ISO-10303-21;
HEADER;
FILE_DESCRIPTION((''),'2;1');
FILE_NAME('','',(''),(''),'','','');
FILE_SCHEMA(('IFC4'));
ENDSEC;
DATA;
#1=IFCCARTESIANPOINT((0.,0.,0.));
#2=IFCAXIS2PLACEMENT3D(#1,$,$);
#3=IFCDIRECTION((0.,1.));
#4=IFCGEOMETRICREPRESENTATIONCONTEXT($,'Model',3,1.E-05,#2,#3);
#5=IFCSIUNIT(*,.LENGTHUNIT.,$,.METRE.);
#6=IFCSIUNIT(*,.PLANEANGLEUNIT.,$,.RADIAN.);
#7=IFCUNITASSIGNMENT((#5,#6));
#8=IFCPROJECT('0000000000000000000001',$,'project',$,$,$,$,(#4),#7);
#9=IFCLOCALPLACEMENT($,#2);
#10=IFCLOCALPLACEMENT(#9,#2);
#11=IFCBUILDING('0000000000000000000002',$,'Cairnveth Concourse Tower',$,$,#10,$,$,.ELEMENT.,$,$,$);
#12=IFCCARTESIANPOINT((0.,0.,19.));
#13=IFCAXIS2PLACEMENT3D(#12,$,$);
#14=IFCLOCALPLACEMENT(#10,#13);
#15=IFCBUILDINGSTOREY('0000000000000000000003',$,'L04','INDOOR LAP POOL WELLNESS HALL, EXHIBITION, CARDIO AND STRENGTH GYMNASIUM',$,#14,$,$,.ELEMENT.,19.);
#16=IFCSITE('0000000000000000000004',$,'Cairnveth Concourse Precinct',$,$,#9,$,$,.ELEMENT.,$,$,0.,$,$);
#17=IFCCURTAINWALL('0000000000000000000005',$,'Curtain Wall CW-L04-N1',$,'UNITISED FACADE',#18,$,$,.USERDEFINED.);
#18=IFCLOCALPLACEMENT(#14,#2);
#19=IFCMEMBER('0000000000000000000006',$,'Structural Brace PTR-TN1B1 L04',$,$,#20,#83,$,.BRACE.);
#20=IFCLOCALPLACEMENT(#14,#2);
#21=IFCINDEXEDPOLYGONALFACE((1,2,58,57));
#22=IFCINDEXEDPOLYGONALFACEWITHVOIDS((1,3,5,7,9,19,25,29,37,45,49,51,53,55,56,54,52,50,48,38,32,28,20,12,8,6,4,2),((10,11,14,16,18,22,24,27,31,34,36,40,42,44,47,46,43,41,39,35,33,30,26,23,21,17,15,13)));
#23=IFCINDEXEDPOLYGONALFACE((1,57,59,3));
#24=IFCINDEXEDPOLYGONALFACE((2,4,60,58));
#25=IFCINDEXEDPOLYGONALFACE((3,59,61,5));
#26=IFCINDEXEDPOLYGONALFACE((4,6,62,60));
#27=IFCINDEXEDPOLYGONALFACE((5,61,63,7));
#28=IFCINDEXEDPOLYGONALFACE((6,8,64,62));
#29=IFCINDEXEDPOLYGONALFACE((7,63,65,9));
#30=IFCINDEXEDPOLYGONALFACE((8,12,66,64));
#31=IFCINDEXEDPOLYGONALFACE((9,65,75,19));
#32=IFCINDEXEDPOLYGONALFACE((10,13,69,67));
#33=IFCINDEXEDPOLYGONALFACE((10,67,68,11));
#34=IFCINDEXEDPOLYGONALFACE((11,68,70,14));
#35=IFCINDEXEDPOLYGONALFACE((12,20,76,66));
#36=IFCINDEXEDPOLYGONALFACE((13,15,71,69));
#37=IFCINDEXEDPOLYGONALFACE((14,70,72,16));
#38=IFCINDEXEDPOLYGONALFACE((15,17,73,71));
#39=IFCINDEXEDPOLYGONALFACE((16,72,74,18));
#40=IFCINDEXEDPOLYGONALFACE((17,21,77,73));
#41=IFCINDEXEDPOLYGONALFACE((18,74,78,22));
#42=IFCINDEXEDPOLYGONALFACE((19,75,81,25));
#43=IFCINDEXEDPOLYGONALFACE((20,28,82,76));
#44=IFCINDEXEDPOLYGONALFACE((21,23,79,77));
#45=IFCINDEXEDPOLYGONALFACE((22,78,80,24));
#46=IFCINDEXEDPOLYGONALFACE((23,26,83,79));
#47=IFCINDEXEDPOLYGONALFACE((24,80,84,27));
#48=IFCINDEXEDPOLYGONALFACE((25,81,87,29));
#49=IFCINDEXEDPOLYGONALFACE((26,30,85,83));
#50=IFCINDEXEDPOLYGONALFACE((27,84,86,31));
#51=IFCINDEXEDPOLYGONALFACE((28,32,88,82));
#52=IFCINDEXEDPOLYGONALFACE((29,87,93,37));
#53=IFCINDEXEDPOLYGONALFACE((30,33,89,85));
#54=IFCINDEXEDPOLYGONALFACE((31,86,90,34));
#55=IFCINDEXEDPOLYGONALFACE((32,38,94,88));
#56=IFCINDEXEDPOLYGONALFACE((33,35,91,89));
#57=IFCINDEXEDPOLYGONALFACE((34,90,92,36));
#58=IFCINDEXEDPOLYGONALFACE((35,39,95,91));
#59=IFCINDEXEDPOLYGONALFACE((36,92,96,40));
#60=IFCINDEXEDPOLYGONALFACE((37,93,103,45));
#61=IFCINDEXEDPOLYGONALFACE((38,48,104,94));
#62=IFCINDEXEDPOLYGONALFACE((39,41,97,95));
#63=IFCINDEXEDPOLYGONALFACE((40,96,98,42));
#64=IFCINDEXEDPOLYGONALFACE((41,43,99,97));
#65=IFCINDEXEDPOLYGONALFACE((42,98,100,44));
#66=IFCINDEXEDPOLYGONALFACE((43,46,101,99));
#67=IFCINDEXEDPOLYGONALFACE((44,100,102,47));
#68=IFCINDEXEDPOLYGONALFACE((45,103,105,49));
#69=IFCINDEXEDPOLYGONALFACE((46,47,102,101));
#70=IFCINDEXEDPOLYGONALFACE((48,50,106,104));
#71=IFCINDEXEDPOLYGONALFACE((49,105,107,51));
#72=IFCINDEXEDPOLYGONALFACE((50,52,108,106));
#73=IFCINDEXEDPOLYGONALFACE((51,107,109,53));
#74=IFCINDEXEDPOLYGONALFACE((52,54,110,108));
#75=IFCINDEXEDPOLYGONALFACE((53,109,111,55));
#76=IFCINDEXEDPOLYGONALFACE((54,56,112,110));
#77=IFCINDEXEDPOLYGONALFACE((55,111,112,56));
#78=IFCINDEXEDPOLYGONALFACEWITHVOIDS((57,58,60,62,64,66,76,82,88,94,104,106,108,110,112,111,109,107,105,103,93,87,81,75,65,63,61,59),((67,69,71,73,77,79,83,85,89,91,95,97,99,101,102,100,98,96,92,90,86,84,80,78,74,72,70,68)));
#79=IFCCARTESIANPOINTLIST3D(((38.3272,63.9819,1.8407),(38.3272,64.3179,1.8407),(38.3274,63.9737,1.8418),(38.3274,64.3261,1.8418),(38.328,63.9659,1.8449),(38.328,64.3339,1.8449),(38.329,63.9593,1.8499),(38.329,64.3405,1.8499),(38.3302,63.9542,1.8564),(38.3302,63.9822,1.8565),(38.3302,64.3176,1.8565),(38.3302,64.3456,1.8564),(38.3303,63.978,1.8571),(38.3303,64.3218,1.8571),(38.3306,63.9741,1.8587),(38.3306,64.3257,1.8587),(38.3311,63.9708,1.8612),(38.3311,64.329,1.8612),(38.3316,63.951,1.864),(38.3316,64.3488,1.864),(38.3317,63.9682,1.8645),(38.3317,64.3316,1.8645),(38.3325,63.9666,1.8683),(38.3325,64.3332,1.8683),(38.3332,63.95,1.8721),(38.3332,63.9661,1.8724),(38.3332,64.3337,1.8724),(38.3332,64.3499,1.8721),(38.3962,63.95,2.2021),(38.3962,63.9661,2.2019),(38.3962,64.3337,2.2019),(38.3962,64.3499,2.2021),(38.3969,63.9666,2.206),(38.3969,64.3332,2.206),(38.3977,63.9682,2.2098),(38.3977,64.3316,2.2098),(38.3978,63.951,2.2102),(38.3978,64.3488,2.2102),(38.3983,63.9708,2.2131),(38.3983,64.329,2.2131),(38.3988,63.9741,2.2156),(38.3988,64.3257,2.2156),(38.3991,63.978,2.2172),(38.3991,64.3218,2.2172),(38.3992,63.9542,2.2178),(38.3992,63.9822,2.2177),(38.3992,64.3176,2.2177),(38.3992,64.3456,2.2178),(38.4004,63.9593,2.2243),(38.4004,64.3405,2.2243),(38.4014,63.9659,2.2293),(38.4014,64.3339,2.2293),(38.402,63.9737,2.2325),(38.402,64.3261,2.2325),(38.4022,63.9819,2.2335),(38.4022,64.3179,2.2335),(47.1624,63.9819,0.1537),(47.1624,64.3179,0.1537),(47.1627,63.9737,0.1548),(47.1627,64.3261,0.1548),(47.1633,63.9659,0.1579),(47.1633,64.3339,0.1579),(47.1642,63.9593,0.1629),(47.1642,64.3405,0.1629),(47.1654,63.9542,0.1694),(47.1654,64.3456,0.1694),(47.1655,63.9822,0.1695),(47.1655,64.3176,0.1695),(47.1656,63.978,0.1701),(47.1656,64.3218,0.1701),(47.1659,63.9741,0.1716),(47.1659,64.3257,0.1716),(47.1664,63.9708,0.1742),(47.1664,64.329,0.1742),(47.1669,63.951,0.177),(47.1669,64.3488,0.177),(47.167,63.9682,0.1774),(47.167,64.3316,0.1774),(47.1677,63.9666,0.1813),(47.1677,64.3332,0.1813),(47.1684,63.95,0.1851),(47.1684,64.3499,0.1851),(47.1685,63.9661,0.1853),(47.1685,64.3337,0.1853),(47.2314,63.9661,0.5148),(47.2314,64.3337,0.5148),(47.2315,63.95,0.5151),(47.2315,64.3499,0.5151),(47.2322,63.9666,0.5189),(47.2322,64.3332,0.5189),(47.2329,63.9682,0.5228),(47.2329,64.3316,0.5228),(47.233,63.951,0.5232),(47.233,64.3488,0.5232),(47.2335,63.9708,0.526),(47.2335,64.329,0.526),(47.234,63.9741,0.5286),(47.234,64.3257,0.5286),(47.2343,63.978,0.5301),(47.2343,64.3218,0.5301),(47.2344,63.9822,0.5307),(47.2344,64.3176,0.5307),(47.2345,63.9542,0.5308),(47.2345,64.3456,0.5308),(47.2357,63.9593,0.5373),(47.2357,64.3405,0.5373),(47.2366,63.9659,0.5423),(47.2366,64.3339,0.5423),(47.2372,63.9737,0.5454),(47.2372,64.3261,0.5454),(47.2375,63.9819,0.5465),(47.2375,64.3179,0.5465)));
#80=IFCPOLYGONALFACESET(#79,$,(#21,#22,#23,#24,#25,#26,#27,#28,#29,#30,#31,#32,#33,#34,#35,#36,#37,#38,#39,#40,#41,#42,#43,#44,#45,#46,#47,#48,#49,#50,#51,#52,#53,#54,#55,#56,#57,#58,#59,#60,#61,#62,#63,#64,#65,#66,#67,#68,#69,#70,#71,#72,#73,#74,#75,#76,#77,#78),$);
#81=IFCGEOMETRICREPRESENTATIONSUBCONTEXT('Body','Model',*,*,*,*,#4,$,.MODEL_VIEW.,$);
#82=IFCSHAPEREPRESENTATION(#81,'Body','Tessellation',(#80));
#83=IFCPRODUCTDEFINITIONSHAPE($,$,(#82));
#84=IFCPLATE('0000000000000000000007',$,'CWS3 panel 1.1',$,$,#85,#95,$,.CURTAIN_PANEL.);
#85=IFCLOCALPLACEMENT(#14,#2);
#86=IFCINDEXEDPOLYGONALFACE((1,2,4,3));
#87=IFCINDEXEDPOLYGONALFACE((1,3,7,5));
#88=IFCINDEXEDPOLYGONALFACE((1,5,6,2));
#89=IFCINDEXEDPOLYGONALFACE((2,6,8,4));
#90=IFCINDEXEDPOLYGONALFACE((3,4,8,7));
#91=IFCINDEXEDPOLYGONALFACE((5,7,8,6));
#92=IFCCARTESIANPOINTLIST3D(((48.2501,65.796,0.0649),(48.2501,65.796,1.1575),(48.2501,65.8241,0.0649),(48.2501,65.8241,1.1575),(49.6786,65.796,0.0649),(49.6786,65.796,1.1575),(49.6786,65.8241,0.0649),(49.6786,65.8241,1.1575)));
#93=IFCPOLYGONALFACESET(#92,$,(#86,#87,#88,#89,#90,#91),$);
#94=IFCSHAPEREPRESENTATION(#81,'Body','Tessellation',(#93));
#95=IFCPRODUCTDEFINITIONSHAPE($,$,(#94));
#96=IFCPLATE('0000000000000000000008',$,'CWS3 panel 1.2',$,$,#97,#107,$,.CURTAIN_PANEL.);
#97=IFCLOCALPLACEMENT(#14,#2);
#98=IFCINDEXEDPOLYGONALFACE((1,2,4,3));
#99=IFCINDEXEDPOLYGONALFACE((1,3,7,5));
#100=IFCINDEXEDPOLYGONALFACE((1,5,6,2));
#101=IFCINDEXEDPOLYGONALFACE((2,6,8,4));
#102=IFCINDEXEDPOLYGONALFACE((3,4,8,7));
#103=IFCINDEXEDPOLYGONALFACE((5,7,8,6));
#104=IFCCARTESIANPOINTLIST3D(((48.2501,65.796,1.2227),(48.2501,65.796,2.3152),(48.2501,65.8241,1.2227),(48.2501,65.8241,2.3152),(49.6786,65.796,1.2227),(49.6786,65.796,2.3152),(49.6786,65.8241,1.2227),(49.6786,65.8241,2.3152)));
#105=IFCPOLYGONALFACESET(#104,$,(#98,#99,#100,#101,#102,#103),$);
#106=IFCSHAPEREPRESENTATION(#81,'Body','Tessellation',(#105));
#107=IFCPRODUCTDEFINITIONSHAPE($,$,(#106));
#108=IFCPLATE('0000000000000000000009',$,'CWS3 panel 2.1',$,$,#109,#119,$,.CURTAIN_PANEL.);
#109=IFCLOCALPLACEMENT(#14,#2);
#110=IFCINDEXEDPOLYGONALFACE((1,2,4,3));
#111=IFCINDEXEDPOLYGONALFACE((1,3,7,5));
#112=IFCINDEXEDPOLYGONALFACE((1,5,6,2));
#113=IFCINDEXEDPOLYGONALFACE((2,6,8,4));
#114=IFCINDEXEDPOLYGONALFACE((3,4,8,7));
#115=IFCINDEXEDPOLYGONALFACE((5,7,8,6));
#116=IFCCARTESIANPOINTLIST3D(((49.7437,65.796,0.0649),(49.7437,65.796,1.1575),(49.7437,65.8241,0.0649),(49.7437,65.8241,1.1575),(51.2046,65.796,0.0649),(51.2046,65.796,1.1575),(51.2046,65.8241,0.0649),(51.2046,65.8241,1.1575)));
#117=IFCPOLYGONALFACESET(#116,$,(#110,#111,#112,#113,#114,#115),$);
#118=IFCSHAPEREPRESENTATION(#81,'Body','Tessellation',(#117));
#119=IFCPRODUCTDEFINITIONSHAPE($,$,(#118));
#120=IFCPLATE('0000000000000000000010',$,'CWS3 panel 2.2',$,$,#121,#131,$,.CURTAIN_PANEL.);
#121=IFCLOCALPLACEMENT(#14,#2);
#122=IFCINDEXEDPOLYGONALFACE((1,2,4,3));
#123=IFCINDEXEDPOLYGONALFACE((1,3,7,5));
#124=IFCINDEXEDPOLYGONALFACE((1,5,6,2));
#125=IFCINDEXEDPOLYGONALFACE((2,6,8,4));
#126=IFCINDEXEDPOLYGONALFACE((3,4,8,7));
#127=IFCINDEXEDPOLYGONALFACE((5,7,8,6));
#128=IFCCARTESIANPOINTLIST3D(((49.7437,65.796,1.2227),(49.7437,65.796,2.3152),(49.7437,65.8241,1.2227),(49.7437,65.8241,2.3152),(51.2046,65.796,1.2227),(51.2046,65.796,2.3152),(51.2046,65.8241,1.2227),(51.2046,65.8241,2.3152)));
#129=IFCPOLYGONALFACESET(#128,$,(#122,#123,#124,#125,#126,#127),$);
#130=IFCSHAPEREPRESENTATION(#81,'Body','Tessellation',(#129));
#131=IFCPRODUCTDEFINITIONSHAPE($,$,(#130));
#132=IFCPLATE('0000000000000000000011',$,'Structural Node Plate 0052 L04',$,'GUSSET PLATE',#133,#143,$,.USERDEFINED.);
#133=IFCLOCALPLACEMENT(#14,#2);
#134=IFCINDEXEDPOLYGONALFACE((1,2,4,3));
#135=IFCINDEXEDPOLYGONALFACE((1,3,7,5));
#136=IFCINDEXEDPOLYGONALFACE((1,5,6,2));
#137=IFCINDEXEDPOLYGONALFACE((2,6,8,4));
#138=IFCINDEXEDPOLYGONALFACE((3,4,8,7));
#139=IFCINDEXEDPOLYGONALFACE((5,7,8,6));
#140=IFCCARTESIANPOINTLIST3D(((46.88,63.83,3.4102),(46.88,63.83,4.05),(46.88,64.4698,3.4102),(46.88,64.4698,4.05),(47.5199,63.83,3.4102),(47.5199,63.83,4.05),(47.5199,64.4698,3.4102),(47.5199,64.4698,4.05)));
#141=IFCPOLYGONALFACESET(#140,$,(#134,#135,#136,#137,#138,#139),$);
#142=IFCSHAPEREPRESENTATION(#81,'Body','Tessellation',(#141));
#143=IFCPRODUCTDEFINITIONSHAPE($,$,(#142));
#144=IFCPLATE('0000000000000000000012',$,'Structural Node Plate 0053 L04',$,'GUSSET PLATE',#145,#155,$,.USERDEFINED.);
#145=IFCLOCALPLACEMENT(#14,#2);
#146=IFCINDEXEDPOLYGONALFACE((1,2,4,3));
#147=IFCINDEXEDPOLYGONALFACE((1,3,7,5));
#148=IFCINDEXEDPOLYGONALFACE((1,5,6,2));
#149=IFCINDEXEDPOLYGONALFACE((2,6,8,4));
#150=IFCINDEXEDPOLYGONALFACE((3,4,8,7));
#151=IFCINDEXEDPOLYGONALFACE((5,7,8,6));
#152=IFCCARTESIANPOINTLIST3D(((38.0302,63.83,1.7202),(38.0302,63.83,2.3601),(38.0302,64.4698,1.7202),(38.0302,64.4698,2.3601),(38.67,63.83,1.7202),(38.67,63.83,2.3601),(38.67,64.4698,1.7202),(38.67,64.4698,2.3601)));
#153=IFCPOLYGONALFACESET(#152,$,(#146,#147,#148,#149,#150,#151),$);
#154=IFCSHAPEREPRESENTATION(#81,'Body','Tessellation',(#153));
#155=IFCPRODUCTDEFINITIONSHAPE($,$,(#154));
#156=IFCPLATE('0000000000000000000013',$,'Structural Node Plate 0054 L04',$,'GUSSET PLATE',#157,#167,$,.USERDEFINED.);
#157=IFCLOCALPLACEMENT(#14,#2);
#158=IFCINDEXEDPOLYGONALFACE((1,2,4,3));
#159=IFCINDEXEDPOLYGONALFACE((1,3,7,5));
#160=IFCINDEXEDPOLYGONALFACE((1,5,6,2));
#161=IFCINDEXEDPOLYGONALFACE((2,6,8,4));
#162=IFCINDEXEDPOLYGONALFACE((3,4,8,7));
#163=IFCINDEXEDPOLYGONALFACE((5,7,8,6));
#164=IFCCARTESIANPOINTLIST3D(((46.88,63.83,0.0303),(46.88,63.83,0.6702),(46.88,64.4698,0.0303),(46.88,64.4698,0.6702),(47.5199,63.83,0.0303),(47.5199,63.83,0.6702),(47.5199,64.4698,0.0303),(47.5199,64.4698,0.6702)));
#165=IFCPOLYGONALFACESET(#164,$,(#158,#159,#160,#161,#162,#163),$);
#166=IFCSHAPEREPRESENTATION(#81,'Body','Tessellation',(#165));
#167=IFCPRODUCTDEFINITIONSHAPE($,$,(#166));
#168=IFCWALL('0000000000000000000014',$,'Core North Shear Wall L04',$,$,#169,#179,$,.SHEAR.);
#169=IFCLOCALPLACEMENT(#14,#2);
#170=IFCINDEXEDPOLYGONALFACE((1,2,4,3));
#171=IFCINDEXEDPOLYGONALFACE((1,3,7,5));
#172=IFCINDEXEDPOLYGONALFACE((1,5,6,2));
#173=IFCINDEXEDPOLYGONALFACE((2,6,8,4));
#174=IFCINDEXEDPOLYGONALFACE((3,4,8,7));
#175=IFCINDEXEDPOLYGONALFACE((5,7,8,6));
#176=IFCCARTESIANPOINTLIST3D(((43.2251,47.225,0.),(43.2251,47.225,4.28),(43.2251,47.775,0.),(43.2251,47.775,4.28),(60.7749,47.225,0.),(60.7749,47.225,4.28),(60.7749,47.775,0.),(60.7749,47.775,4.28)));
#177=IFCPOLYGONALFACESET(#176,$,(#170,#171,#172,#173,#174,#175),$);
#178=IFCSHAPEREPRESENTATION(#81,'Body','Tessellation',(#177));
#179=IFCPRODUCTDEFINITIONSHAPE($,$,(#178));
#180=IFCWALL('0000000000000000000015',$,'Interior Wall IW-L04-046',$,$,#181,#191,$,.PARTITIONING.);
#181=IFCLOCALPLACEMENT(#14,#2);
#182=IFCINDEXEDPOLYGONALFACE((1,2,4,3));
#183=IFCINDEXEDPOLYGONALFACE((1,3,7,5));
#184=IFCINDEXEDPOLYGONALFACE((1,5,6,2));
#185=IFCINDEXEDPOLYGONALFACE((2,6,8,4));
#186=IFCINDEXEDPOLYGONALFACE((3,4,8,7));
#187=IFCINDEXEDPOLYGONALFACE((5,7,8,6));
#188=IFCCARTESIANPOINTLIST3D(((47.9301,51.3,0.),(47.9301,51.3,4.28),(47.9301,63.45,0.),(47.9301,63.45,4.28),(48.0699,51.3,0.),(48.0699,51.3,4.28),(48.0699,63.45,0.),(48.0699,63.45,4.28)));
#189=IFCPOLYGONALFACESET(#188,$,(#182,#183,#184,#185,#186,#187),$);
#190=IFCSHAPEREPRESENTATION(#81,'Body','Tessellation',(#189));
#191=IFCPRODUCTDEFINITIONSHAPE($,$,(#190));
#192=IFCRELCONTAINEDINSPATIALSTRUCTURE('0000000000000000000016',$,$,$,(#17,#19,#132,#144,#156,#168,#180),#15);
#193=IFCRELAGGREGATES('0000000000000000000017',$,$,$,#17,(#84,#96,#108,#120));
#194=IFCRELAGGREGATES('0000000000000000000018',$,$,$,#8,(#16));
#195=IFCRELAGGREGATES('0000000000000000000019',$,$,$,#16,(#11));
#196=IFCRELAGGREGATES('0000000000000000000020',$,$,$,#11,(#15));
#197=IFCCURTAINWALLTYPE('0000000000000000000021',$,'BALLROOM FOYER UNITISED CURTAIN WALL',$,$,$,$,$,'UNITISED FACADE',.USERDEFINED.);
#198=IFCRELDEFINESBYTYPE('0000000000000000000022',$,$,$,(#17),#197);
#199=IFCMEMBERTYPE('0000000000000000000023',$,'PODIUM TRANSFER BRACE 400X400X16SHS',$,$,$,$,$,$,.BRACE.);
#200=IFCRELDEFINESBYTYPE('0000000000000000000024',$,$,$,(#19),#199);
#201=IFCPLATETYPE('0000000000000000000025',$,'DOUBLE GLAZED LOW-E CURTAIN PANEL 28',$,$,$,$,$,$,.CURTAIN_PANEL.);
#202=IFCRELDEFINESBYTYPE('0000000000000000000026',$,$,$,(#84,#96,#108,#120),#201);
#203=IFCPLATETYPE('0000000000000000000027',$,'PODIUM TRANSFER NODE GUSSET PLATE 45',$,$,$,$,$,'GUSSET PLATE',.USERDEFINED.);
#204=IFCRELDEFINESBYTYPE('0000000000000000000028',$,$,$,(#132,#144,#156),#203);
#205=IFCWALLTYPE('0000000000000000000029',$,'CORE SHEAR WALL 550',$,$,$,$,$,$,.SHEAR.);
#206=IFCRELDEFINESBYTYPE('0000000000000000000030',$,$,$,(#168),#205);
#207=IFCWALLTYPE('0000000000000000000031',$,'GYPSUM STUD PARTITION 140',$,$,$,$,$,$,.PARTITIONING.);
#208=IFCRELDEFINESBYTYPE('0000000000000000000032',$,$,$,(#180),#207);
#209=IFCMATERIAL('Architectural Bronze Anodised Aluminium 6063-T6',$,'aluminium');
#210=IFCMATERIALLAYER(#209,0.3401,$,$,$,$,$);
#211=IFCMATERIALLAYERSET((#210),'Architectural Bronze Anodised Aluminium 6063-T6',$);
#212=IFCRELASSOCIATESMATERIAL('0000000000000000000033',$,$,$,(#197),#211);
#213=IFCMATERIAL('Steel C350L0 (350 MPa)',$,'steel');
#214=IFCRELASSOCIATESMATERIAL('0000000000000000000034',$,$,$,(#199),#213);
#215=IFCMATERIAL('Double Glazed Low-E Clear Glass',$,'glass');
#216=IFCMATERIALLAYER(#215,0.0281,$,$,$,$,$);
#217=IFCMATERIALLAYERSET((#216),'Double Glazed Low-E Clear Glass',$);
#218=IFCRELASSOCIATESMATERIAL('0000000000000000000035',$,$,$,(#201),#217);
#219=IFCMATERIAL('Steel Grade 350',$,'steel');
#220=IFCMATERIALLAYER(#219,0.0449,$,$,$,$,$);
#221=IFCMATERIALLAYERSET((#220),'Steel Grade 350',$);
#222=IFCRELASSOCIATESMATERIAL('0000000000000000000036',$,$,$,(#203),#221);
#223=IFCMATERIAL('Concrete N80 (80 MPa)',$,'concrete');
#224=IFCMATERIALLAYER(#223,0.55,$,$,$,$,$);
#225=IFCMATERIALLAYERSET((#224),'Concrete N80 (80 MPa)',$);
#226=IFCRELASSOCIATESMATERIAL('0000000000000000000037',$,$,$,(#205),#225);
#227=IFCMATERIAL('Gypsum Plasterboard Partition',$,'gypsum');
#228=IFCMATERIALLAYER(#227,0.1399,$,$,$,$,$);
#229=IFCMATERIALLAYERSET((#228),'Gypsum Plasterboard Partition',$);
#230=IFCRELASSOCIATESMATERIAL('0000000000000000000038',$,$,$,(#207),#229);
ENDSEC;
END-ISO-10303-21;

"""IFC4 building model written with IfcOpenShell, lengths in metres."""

from ifc_helpers import new_model, si_unit, direction, frame, frame_2d, origin, origin_2d, place, context, subcontext, project, spatial, rectangle, hollow_rectangle, extrude, material, layer, layer_set, material_profile, profile_set, type_object, element, aggregate, save


model = new_model("IFC4")

# Units and contexts
model_context = context("Model", 3, precision=1e-05, world=origin(), true_north=direction((0.0, 1.0)))
body_context = subcontext(model_context, "Body", "Model", "MODEL_VIEW")
ifc_project = project(units=[si_unit("LENGTHUNIT", "METRE"), si_unit("PLANEANGLEUNIT", "RADIAN")], contexts=[model_context])

# Site, building, storey
site_placement = place(None, origin())
site = spatial("IfcSite", under=ifc_project, at=site_placement, Name="Cairnveth Concourse Precinct", CompositionType="ELEMENT", RefElevation=0.0)
building_placement = place(site_placement, origin())
building = spatial("IfcBuilding", under=site, at=building_placement, Name="Cairnveth Concourse Tower", CompositionType="ELEMENT")
storey_placement = place(building_placement, frame((0.0, 0.0, 19.0)))
storey = spatial("IfcBuildingStorey", under=building, at=storey_placement, Name="L04", Description="INDOOR LAP POOL WELLNESS HALL, EXHIBITION, CARDIO AND STRENGTH GYMNASIUM", CompositionType="ELEMENT", Elevation=19.0)

# Shared definitions
ifc_material_1 = material(Name="Concrete N80 (80 MPa)", Category="concrete")

# Curtain wall
ifc_material_2 = material(Name="Architectural Bronze Anodised Aluminium 6063-T6", Category="aluminium")
ifc_layer_1 = layer(ifc_material_2, 0.3401)
ifc_layer_set_1 = layer_set([ifc_layer_1], Name="Architectural Bronze Anodised Aluminium 6063-T6")
curtain_wall_type = type_object("IfcCurtainWallType", Name="BALLROOM FOYER UNITISED CURTAIN WALL", ElementType="UNITISED FACADE", PredefinedType="USERDEFINED", material=ifc_layer_set_1)
curtain_wall_placement = place(storey_placement, origin())
curtain_wall = element("IfcCurtainWall", 1, at=curtain_wall_placement, inside=storey, type_object=curtain_wall_type, Name="Curtain Wall CW-L04-N1", ObjectType="UNITISED FACADE", PredefinedType="USERDEFINED")

# Member
ifc_material_3 = material(Name="Steel C350L0 (350 MPa)", Category="steel")
ifc_material_profile_1 = material_profile(ifc_material_3, hollow_rectangle(XDim=0.3999, YDim=0.3999, WallThickness=0.0161, InnerFilletRadius=0.0161, OuterFilletRadius=0.032, at=origin_2d()), Name="400x400x16.0SHS")
ifc_profile_set_1 = profile_set([ifc_material_profile_1], Name="Steel C350L0 (350 MPa)")
member_type_1 = type_object("IfcMemberType", Name="PODIUM TRANSFER BRACE 400X400X16SHS", PredefinedType="BRACE", material=ifc_profile_set_1)
member_1_placement = place(storey_placement, frame((47.2, 64.1499, 0.3501), z_axis=(-0.982254, 0.0, 0.187554), x_axis=(0.0, -1.0, 0.0)))
element("IfcMember", 2, at=member_1_placement, inside=storey, type_object=member_type_1, Name="Structural Brace PTR-TN1B1 L04", PredefinedType="BRACE", context=body_context, shape_type="SweptSolid", body=[
    extrude(hollow_rectangle(XDim=0.3999, YDim=0.3999, WallThickness=0.0161, InnerFilletRadius=0.0161, OuterFilletRadius=0.032, at=origin_2d()), origin(), (0.0, 0.0, 1.0), 8.9949),
])

# Plates
ifc_material_4 = material(Name="Double Glazed Low-E Clear Glass", Category="glass")
ifc_layer_2 = layer(ifc_material_4, 0.0281)
ifc_layer_set_2 = layer_set([ifc_layer_2], Name="Double Glazed Low-E Clear Glass")
plate_type_1 = type_object("IfcPlateType", Name="DOUBLE GLAZED LOW-E CURTAIN PANEL 28", PredefinedType="CURTAIN_PANEL", material=ifc_layer_set_2)
plate_1_placement = place(storey_placement, frame((48.9644, 65.8101, 0.0649), z_axis=(0.0, 0.0, 1.0), x_axis=(1.0, 0.0, 0.0)))
plate_1 = element("IfcPlate", 3, at=plate_1_placement, type_object=plate_type_1, Name="CWS3 panel 1.1", PredefinedType="CURTAIN_PANEL", context=body_context, shape_type="SweptSolid", body=[
    extrude(rectangle(XDim=1.4285, YDim=0.0281, at=origin_2d()), origin(), (0.0, 0.0, 1.0), 1.0925),
])
plate_2_placement = place(storey_placement, frame((48.9644, 65.8101, 1.2227), z_axis=(0.0, 0.0, 1.0), x_axis=(1.0, 0.0, 0.0)))
plate_2 = element("IfcPlate", 4, at=plate_2_placement, type_object=plate_type_1, Name="CWS3 panel 1.2", PredefinedType="CURTAIN_PANEL", context=body_context, shape_type="SweptSolid", body=[
    extrude(rectangle(XDim=1.4285, YDim=0.0281, at=origin_2d()), origin(), (0.0, 0.0, 1.0), 1.0925),
])
plate_3_placement = place(storey_placement, frame((50.4741, 65.8101, 0.0649), z_axis=(0.0, 0.0, 1.0), x_axis=(1.0, 0.0, 0.0)))
plate_3 = element("IfcPlate", 5, at=plate_3_placement, type_object=plate_type_1, Name="CWS3 panel 2.1", PredefinedType="CURTAIN_PANEL", context=body_context, shape_type="SweptSolid", body=[
    extrude(rectangle(XDim=1.4609, YDim=0.0281, at=origin_2d()), origin(), (0.0, 0.0, 1.0), 1.0925),
])
plate_4_placement = place(storey_placement, frame((50.4741, 65.8101, 1.2227), z_axis=(0.0, 0.0, 1.0), x_axis=(1.0, 0.0, 0.0)))
plate_4 = element("IfcPlate", 6, at=plate_4_placement, type_object=plate_type_1, Name="CWS3 panel 2.2", PredefinedType="CURTAIN_PANEL", context=body_context, shape_type="SweptSolid", body=[
    extrude(rectangle(XDim=1.4609, YDim=0.0281, at=origin_2d()), origin(), (0.0, 0.0, 1.0), 1.0925),
])
aggregate(curtain_wall, [plate_1, plate_2, plate_3, plate_4])

# Plates
ifc_material_5 = material(Name="Steel Grade 350", Category="steel")
ifc_layer_3 = layer(ifc_material_5, 0.0449)
ifc_layer_set_3 = layer_set([ifc_layer_3], Name="Steel Grade 350")
plate_type_2 = type_object("IfcPlateType", Name="PODIUM TRANSFER NODE GUSSET PLATE 45", ElementType="GUSSET PLATE", PredefinedType="USERDEFINED", material=ifc_layer_set_3)
for number, where, z_axis, x_axis, name in (
    (7, (47.2, 64.1499, 3.4102), (0.0, 0.0, 1.0), (1.0, 0.0, 0.0), "Structural Node Plate 0052 L04"),
    (8, (38.3501, 64.1499, 1.7202), (0.0, 0.0, 1.0), (1.0, 0.0, 0.0), "Structural Node Plate 0053 L04"),
    (9, (47.2, 64.1499, 0.0303), (0.0, 0.0, 1.0), (1.0, 0.0, 0.0), "Structural Node Plate 0054 L04"),
):
    element("IfcPlate", number, at=place(storey_placement, frame(where, z_axis=z_axis, x_axis=x_axis)), inside=storey, type_object=plate_type_2, Name=name, ObjectType="GUSSET PLATE", PredefinedType="USERDEFINED", context=body_context, shape_type="SweptSolid", body=[
        extrude(rectangle(XDim=0.6399, YDim=0.6399, at=origin_2d()), origin(), (0.0, 0.0, 1.0), 0.6399),
    ])

# Walls
ifc_layer_4 = layer(ifc_material_1, 0.55)
ifc_layer_set_4 = layer_set([ifc_layer_4], Name="Concrete N80 (80 MPa)")
wall_type_1 = type_object("IfcWallType", Name="CORE SHEAR WALL 550", PredefinedType="SHEAR", material=ifc_layer_set_4)
wall_1_placement = place(storey_placement, frame((43.2251, 47.5, 0.0), z_axis=(0.0, 0.0, 1.0), x_axis=(1.0, 0.0, 0.0)))
element("IfcWall", 10, at=wall_1_placement, inside=storey, type_object=wall_type_1, Name="Core North Shear Wall L04", PredefinedType="SHEAR", context=body_context, shape_type="SweptSolid", body=[
    extrude(rectangle(XDim=17.5498, YDim=0.55, at=frame_2d((8.7749, 0.0))), origin(), (0.0, 0.0, 1.0), 4.28),
])
ifc_material_6 = material(Name="Gypsum Plasterboard Partition", Category="gypsum")
ifc_layer_5 = layer(ifc_material_6, 0.1399)
ifc_layer_set_5 = layer_set([ifc_layer_5], Name="Gypsum Plasterboard Partition")
wall_type_2 = type_object("IfcWallType", Name="GYPSUM STUD PARTITION 140", PredefinedType="PARTITIONING", material=ifc_layer_set_5)
wall_2_placement = place(storey_placement, frame((48.0, 51.3, 0.0), z_axis=(0.0, 0.0, 1.0), x_axis=(0.0, 1.0, 0.0)))
element("IfcWall", 11, at=wall_2_placement, inside=storey, type_object=wall_type_2, Name="Interior Wall IW-L04-046", PredefinedType="PARTITIONING", context=body_context, shape_type="SweptSolid", body=[
    extrude(rectangle(XDim=12.1499, YDim=0.1399, at=frame_2d((6.075, 0.0))), origin(), (0.0, 0.0, 1.0), 4.28),
])

save(model, "model.ifc")
